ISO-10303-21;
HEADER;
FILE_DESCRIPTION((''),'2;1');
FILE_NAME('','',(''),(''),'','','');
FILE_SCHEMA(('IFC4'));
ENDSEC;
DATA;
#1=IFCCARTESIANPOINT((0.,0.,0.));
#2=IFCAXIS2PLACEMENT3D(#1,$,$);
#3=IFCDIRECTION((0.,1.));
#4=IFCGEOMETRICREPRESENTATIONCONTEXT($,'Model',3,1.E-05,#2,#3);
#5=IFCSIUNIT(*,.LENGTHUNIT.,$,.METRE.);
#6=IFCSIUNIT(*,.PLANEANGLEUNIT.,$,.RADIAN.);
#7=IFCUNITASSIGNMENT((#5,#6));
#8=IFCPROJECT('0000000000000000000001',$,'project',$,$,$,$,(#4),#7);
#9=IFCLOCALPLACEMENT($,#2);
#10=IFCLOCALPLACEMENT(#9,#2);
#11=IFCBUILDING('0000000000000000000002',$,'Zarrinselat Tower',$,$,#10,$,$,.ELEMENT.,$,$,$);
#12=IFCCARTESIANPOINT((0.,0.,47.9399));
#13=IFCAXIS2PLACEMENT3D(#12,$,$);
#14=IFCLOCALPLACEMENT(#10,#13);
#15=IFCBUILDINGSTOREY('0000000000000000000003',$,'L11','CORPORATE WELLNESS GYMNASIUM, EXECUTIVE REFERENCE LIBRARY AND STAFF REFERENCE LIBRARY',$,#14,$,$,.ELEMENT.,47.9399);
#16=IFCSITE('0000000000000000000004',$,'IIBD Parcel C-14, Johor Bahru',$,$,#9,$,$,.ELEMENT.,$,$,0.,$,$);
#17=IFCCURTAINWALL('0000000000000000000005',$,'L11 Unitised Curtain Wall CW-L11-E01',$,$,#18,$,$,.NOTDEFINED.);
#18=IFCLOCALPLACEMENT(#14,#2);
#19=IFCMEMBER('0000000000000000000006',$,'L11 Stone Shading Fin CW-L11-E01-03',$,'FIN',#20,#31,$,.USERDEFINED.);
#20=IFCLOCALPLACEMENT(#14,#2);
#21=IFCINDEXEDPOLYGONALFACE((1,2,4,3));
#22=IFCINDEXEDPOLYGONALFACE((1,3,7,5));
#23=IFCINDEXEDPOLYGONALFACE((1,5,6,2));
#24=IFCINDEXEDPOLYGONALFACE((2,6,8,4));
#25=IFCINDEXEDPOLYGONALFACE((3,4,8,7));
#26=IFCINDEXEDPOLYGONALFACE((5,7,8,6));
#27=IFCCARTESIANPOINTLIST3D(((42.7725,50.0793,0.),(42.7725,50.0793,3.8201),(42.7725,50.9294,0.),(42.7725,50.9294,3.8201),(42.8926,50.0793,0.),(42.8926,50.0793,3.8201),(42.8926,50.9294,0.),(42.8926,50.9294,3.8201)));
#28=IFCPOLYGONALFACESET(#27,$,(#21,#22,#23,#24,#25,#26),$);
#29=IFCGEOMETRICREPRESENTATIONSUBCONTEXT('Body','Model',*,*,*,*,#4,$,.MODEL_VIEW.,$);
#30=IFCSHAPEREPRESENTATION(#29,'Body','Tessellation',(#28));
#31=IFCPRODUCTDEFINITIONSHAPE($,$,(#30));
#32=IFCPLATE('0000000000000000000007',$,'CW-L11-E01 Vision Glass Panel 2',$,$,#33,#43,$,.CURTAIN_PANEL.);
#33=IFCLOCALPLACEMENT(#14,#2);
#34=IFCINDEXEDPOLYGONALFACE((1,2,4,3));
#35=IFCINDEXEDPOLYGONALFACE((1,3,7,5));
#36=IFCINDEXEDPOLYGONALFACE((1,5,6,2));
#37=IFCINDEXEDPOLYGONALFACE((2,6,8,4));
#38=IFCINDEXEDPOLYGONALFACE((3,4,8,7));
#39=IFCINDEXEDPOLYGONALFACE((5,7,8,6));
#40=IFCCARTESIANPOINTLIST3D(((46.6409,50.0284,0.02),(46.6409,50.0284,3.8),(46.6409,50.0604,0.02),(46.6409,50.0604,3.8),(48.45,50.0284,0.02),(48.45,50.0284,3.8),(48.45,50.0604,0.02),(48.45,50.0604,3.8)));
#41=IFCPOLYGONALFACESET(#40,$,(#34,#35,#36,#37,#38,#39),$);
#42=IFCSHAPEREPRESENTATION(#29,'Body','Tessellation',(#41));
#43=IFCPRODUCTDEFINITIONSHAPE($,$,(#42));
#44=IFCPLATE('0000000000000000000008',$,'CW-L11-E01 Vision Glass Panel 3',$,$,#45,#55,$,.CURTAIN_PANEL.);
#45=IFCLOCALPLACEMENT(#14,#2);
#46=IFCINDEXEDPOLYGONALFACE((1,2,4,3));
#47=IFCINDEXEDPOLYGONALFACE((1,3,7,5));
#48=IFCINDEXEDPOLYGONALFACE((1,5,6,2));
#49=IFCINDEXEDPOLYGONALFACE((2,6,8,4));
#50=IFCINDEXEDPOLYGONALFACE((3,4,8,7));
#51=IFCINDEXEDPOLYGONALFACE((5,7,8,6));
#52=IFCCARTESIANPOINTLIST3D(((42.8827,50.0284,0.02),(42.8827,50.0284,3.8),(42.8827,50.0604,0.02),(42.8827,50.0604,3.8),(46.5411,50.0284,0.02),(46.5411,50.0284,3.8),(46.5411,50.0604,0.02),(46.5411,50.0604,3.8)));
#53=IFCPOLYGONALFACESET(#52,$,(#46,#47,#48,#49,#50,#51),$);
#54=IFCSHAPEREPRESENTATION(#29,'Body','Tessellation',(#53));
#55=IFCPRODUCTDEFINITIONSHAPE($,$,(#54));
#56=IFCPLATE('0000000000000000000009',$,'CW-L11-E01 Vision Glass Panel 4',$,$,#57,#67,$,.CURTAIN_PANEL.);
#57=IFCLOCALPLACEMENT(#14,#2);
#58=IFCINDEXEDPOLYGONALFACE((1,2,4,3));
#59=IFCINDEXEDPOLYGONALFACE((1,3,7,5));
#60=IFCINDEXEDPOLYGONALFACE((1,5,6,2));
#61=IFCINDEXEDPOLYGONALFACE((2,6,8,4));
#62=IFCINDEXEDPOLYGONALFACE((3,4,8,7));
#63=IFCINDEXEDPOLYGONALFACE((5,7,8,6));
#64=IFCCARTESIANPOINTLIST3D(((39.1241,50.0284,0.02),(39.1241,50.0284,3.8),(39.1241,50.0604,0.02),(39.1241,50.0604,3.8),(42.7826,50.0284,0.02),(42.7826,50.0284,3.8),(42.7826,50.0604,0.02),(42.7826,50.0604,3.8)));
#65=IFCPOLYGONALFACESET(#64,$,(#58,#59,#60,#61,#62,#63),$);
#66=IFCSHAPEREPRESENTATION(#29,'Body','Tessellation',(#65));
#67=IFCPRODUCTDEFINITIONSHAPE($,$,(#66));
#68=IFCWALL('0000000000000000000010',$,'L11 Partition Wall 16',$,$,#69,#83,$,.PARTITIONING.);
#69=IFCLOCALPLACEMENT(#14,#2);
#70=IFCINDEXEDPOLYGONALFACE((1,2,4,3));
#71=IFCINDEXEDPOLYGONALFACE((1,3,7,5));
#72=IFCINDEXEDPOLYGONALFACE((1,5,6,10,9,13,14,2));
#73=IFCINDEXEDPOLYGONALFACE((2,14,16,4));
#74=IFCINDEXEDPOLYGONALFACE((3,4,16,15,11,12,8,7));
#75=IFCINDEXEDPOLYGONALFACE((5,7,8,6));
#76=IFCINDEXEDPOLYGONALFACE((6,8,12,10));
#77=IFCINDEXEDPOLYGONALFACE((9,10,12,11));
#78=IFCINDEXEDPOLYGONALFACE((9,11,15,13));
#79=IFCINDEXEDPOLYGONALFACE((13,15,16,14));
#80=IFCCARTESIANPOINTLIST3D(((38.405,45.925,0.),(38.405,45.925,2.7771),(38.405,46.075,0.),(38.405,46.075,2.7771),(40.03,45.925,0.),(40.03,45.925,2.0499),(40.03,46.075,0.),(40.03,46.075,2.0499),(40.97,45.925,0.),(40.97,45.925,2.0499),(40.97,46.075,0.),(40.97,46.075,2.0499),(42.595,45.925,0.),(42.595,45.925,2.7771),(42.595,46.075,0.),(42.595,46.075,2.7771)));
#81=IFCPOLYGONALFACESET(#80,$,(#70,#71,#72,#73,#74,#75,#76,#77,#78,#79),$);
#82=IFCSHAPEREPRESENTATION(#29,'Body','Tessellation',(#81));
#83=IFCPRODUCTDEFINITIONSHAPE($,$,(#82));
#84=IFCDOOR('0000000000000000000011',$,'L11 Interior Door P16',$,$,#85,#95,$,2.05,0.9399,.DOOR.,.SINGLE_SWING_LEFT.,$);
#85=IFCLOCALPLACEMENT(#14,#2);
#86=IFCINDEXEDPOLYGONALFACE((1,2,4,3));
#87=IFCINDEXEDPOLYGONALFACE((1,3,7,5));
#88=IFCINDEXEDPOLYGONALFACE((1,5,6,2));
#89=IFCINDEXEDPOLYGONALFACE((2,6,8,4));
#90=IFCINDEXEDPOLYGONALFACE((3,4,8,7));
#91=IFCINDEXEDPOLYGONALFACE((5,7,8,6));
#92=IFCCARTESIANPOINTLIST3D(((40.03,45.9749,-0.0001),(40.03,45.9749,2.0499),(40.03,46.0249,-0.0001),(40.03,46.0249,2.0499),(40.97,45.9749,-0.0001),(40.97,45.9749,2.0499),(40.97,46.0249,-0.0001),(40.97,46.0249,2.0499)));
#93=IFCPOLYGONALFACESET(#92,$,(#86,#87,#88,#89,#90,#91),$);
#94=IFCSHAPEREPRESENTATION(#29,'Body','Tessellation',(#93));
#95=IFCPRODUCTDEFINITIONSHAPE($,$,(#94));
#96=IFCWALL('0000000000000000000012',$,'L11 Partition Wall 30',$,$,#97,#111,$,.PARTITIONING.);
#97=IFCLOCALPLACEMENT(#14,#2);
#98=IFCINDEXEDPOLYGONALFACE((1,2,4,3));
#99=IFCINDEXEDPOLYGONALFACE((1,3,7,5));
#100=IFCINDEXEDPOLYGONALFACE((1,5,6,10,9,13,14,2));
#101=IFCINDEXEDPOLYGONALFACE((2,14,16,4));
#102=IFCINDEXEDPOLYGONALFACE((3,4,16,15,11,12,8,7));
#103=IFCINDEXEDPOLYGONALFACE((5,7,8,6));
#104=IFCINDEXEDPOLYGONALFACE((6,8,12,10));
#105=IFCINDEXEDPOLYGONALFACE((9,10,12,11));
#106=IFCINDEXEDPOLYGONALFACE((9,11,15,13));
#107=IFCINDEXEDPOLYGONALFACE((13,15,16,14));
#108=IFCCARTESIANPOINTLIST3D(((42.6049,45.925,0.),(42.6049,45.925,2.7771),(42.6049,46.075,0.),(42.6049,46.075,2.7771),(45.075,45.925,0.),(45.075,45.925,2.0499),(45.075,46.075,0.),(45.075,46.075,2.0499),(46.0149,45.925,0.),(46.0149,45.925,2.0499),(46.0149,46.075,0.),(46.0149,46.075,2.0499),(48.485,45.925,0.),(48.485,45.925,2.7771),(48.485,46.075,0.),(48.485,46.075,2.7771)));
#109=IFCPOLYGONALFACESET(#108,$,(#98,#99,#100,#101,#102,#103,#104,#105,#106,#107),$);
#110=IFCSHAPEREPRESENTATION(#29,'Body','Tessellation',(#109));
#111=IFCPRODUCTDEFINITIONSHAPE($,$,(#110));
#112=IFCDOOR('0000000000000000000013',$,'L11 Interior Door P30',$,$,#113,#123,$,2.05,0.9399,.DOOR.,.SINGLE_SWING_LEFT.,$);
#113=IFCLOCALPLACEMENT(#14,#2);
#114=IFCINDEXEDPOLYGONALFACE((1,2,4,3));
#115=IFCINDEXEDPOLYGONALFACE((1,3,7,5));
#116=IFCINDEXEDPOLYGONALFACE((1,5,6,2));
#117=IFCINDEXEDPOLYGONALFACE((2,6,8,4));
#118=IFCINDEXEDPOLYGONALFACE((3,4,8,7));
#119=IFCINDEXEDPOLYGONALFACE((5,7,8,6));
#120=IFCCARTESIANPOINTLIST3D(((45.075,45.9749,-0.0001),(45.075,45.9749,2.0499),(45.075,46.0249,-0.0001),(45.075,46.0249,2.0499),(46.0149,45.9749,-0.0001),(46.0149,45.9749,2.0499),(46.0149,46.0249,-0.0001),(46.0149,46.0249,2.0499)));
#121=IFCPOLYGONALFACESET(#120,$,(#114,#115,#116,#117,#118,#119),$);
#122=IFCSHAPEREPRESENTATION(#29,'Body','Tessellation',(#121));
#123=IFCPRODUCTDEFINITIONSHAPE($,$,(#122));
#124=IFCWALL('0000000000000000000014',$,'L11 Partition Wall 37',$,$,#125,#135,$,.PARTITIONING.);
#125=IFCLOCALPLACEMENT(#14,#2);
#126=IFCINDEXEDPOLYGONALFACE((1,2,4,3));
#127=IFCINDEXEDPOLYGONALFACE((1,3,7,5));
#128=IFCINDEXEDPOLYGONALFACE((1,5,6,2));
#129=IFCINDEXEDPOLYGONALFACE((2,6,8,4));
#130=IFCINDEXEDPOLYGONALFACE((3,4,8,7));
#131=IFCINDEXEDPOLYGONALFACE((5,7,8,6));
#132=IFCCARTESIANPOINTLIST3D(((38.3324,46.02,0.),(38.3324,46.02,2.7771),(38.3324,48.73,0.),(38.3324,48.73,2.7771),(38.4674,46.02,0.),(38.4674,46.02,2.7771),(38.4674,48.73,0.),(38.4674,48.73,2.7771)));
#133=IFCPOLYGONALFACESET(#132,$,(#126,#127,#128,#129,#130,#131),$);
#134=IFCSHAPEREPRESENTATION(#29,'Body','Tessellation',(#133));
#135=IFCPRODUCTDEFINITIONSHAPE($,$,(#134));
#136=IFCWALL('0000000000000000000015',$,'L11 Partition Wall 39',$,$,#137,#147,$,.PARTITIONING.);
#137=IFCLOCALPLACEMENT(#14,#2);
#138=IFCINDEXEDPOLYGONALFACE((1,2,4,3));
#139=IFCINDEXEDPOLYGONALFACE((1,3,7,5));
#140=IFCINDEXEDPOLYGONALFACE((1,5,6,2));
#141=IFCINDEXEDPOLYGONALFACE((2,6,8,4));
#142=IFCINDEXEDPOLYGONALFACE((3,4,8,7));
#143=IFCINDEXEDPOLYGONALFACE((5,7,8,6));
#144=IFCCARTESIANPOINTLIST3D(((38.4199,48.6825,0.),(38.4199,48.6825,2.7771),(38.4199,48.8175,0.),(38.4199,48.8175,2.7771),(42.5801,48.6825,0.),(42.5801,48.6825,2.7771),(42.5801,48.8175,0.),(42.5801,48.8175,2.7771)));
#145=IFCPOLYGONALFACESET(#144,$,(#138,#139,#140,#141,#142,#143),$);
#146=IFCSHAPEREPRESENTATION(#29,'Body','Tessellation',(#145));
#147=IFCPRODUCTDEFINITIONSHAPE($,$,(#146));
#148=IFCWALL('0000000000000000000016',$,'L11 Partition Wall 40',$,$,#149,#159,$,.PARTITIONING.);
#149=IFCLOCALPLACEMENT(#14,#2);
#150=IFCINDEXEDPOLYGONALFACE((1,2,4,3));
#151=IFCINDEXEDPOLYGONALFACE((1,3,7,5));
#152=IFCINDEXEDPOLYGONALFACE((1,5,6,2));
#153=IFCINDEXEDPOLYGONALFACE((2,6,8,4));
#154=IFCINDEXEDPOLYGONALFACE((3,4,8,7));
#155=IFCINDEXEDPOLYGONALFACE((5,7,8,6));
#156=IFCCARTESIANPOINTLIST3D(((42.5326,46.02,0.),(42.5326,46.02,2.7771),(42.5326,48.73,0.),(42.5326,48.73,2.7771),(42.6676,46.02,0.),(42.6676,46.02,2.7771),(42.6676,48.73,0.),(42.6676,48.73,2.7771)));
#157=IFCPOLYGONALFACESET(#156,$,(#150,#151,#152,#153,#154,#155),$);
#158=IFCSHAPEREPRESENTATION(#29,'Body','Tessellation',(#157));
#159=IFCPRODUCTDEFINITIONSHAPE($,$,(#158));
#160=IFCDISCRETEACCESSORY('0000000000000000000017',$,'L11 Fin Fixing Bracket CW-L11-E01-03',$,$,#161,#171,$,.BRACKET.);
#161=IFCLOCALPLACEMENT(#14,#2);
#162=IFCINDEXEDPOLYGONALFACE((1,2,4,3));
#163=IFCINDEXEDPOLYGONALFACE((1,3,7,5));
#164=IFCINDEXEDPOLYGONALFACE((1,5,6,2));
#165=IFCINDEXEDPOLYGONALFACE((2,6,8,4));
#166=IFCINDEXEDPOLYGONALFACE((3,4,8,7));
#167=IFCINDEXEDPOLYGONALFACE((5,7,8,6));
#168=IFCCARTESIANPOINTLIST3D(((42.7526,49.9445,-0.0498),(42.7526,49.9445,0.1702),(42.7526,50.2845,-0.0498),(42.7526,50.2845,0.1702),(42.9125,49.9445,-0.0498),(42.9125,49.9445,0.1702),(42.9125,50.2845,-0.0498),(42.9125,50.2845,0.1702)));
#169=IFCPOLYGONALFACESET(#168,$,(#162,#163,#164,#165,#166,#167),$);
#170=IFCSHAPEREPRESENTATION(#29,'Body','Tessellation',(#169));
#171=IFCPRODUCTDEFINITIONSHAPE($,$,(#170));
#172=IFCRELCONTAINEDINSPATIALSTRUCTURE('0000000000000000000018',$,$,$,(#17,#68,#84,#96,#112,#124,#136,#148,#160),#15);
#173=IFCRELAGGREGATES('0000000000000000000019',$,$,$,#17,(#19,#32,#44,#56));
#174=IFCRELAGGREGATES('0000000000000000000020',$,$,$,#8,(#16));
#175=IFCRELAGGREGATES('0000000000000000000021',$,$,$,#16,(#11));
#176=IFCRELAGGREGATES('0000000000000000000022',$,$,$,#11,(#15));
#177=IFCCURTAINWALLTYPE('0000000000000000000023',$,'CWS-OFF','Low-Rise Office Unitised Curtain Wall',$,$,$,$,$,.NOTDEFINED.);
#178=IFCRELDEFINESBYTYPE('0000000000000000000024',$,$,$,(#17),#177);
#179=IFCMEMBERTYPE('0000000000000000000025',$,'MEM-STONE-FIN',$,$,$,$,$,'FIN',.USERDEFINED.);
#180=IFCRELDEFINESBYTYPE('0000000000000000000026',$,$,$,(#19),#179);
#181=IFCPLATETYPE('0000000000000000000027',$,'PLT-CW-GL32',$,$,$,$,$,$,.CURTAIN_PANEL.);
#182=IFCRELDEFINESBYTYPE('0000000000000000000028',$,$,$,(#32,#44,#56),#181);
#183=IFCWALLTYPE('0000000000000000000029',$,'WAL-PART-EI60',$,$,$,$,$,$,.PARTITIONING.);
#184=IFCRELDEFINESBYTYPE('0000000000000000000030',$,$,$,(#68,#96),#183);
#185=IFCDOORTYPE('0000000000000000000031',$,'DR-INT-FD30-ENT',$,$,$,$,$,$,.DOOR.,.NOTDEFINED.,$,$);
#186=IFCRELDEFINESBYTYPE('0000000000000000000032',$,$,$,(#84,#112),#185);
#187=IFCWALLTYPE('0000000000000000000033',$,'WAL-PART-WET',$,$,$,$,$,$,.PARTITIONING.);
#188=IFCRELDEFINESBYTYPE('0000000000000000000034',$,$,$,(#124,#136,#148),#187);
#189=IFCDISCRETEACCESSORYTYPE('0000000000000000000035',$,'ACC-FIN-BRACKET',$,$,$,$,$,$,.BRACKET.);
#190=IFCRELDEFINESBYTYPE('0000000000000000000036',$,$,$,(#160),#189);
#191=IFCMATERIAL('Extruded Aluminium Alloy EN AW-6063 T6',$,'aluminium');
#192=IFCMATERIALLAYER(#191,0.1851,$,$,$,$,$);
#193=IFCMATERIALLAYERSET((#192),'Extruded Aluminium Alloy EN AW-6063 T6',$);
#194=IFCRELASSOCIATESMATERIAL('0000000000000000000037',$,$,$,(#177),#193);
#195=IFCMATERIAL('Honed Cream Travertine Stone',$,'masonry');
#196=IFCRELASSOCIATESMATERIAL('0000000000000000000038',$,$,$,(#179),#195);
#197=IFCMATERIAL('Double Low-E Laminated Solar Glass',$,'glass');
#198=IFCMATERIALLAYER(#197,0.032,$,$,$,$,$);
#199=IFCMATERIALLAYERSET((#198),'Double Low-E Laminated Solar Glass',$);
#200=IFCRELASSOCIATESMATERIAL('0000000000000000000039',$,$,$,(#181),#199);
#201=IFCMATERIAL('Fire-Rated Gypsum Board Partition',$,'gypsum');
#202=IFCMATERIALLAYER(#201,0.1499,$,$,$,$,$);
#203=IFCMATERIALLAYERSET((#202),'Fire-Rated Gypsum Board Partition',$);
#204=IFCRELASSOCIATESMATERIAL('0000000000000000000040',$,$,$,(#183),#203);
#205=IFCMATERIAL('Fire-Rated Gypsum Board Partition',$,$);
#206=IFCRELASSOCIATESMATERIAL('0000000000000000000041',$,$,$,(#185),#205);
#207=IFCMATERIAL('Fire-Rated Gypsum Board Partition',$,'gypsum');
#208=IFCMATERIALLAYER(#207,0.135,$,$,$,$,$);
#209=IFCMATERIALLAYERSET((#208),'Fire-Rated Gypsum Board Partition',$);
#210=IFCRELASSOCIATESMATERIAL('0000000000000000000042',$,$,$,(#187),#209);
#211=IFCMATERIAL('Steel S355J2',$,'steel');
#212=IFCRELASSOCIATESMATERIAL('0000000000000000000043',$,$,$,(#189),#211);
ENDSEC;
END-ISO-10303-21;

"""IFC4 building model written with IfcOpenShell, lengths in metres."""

from ifc_helpers import new_model, si_unit, direction, frame, frame_2d, origin, origin_2d, place, context, subcontext, project, spatial, rectangle, extrude, material, layer, layer_set, material_profile, profile_set, type_object, element, fill, aggregate, save


model = new_model("IFC4")

# Units and contexts
model_context = context("Model", 3, precision=1e-05, world=origin(), true_north=direction((0.0, 1.0)))
body_context = subcontext(model_context, "Body", "Model", "MODEL_VIEW")
ifc_project = project(units=[si_unit("LENGTHUNIT", "METRE"), si_unit("PLANEANGLEUNIT", "RADIAN")], contexts=[model_context])

# Site, building, storey
site_placement = place(None, origin())
site = spatial("IfcSite", under=ifc_project, at=site_placement, Name="IIBD Parcel C-14, Johor Bahru", CompositionType="ELEMENT", RefElevation=0.0)
building_placement = place(site_placement, origin())
building = spatial("IfcBuilding", under=site, at=building_placement, Name="Zarrinselat Tower", CompositionType="ELEMENT")
storey_placement = place(building_placement, frame((0.0, 0.0, 47.9399)))
storey = spatial("IfcBuildingStorey", under=building, at=storey_placement, Name="L11", Description="CORPORATE WELLNESS GYMNASIUM, EXECUTIVE REFERENCE LIBRARY AND STAFF REFERENCE LIBRARY", CompositionType="ELEMENT", Elevation=47.9399)

# Curtain wall, member, plates
ifc_material_1 = material(Name="Extruded Aluminium Alloy EN AW-6063 T6", Category="aluminium")
ifc_layer_1 = layer(ifc_material_1, 0.1851)
ifc_layer_set_1 = layer_set([ifc_layer_1], Name="Extruded Aluminium Alloy EN AW-6063 T6")
curtain_wall_type = type_object("IfcCurtainWallType", Name="CWS-OFF", Description="Low-Rise Office Unitised Curtain Wall", PredefinedType="NOTDEFINED", material=ifc_layer_set_1)
curtain_wall_placement = place(storey_placement, origin())
curtain_wall = element("IfcCurtainWall", 1, at=curtain_wall_placement, inside=storey, type_object=curtain_wall_type, Name="L11 Unitised Curtain Wall CW-L11-E01", PredefinedType="NOTDEFINED")
ifc_material_2 = material(Name="Honed Cream Travertine Stone", Category="masonry")
ifc_material_profile_1 = material_profile(ifc_material_2, rectangle(XDim=0.1201, YDim=0.8501, at=origin_2d()), Name="FIN 850x120")
ifc_profile_set_1 = profile_set([ifc_material_profile_1], Name="Honed Cream Travertine Stone")
member_type_1 = type_object("IfcMemberType", Name="MEM-STONE-FIN", ElementType="FIN", PredefinedType="USERDEFINED", material=ifc_profile_set_1)
member_1_placement = place(storey_placement, frame((42.8325, 50.5044, 0.0), z_axis=(0.0, 0.0, 1.0), x_axis=(1.0, 0.0, 0.0)))
member_1 = element("IfcMember", 2, at=member_1_placement, type_object=member_type_1, Name="L11 Stone Shading Fin CW-L11-E01-03", ObjectType="FIN", PredefinedType="USERDEFINED", context=body_context, shape_type="SweptSolid", body=[
    extrude(rectangle(XDim=0.1201, YDim=0.8501, at=origin_2d()), origin(), (0.0, 0.0, 1.0), 3.8201),
])
ifc_material_3 = material(Name="Double Low-E Laminated Solar Glass", Category="glass")
ifc_layer_2 = layer(ifc_material_3, 0.032)
ifc_layer_set_2 = layer_set([ifc_layer_2], Name="Double Low-E Laminated Solar Glass")
plate_type = type_object("IfcPlateType", Name="PLT-CW-GL32", PredefinedType="CURTAIN_PANEL", material=ifc_layer_set_2)
plate_1_placement = place(storey_placement, frame((47.5454, 50.0444, 0.02), z_axis=(0.0, 0.0, 1.0), x_axis=(-1.0, 0.0, 0.0)))
plate_1 = element("IfcPlate", 3, at=plate_1_placement, type_object=plate_type, Name="CW-L11-E01 Vision Glass Panel 2", PredefinedType="CURTAIN_PANEL", context=body_context, shape_type="SweptSolid", body=[
    extrude(rectangle(XDim=1.8091, YDim=0.032, at=origin_2d()), origin(), (0.0, 0.0, 1.0), 3.78),
])
plate_2_placement = place(storey_placement, frame((44.7119, 50.0444, 0.02), z_axis=(0.0, 0.0, 1.0), x_axis=(-1.0, 0.0, 0.0)))
plate_2 = element("IfcPlate", 4, at=plate_2_placement, type_object=plate_type, Name="CW-L11-E01 Vision Glass Panel 3", PredefinedType="CURTAIN_PANEL", context=body_context, shape_type="SweptSolid", body=[
    extrude(rectangle(XDim=3.6584, YDim=0.032, at=origin_2d()), origin(), (0.0, 0.0, 1.0), 3.78),
])
plate_3_placement = place(storey_placement, frame((40.9534, 50.0444, 0.02), z_axis=(0.0, 0.0, 1.0), x_axis=(-1.0, 0.0, 0.0)))
plate_3 = element("IfcPlate", 5, at=plate_3_placement, type_object=plate_type, Name="CW-L11-E01 Vision Glass Panel 4", PredefinedType="CURTAIN_PANEL", context=body_context, shape_type="SweptSolid", body=[
    extrude(rectangle(XDim=3.6584, YDim=0.032, at=origin_2d()), origin(), (0.0, 0.0, 1.0), 3.78),
])
aggregate(curtain_wall, [member_1, plate_1, plate_2, plate_3])

# Walls, openings, doors
ifc_material_4 = material(Name="Fire-Rated Gypsum Board Partition", Category="gypsum")
ifc_layer_3 = layer(ifc_material_4, 0.1499)
ifc_layer_set_3 = layer_set([ifc_layer_3], Name="Fire-Rated Gypsum Board Partition")
wall_type_1 = type_object("IfcWallType", Name="WAL-PART-EI60", PredefinedType="PARTITIONING", material=ifc_layer_set_3)
wall_1_placement = place(storey_placement, frame((38.405, 46.0, 0.0), z_axis=(0.0, 0.0, 1.0), x_axis=(1.0, 0.0, 0.0)))
wall_1 = element("IfcWall", 6, at=wall_1_placement, inside=storey, type_object=wall_type_1, Name="L11 Partition Wall 16", PredefinedType="PARTITIONING", context=body_context, shape_type="SweptSolid", body=[
    extrude(rectangle(XDim=4.1899, YDim=0.1499, at=frame_2d((2.095, 0.0))), origin(), (0.0, 0.0, 1.0), 2.7771),
])
opening_1_placement = place(wall_1_placement, frame((1.625, 0.0, 0.0)))
opening_1 = element("IfcOpeningElement", 7, at=opening_1_placement, cuts=wall_1, PredefinedType="OPENING", context=body_context, shape_type="SweptSolid", body=[
    extrude(rectangle(XDim=0.9399, YDim=2.05, at=frame_2d((0.47, 1.0249))), frame((0.0, 0.085, 0.0), z_axis=(0.0, -1.0, 0.0), x_axis=(1.0, 0.0, 0.0)), (0.0, 0.0, 1.0), 0.1699),
])
ifc_material_5 = material(Name="Fire-Rated Gypsum Board Partition")
door_type = type_object("IfcDoorType", Name="DR-INT-FD30-ENT", OperationType="NOTDEFINED", PredefinedType="DOOR", material=ifc_material_5)
door_1_placement = place(opening_1_placement, origin())
door_1 = element("IfcDoor", 8, at=door_1_placement, inside=storey, type_object=door_type, Name="L11 Interior Door P16", OperationType="SINGLE_SWING_LEFT", OverallHeight=2.05, OverallWidth=0.9399, PredefinedType="DOOR", context=body_context, shape_type="SweptSolid", body=[
    extrude(rectangle(XDim=0.9399, YDim=2.05, at=frame_2d((0.47, 1.0249))), frame((0.0, 0.0249, 0.0), z_axis=(0.0, -1.0, 0.0), x_axis=(1.0, 0.0, 0.0)), (0.0, 0.0, 1.0), 0.05),
])
fill(opening_1, door_1)
wall_2_placement = place(storey_placement, frame((42.605, 46.0, 0.0), z_axis=(0.0, 0.0, 1.0), x_axis=(1.0, 0.0, 0.0)))
wall_2 = element("IfcWall", 9, at=wall_2_placement, inside=storey, type_object=wall_type_1, Name="L11 Partition Wall 30", PredefinedType="PARTITIONING", context=body_context, shape_type="SweptSolid", body=[
    extrude(rectangle(XDim=5.8801, YDim=0.1499, at=frame_2d((2.9399, 0.0))), origin(), (0.0, 0.0, 1.0), 2.7771),
])
opening_2_placement = place(wall_2_placement, frame((2.47, 0.0, 0.0)))
opening_2 = element("IfcOpeningElement", 10, at=opening_2_placement, cuts=wall_2, PredefinedType="OPENING", context=body_context, shape_type="SweptSolid", body=[
    extrude(rectangle(XDim=0.9399, YDim=2.05, at=frame_2d((0.47, 1.0249))), frame((0.0, 0.085, 0.0), z_axis=(0.0, -1.0, 0.0), x_axis=(1.0, 0.0, 0.0)), (0.0, 0.0, 1.0), 0.1699),
])
door_2_placement = place(opening_2_placement, origin())
door_2 = element("IfcDoor", 11, at=door_2_placement, inside=storey, type_object=door_type, Name="L11 Interior Door P30", OperationType="SINGLE_SWING_LEFT", OverallHeight=2.05, OverallWidth=0.9399, PredefinedType="DOOR", context=body_context, shape_type="SweptSolid", body=[
    extrude(rectangle(XDim=0.9399, YDim=2.05, at=frame_2d((0.47, 1.0249))), frame((0.0, 0.0249, 0.0), z_axis=(0.0, -1.0, 0.0), x_axis=(1.0, 0.0, 0.0)), (0.0, 0.0, 1.0), 0.05),
])
fill(opening_2, door_2)

# Walls
ifc_material_6 = material(Name="Fire-Rated Gypsum Board Partition", Category="gypsum")
ifc_layer_4 = layer(ifc_material_6, 0.135)
ifc_layer_set_4 = layer_set([ifc_layer_4], Name="Fire-Rated Gypsum Board Partition")
wall_type_2 = type_object("IfcWallType", Name="WAL-PART-WET", PredefinedType="PARTITIONING", material=ifc_layer_set_4)
wall_3_placement = place(storey_placement, frame((38.3999, 46.02, 0.0), z_axis=(0.0, 0.0, 1.0), x_axis=(0.0, 1.0, 0.0)))
element("IfcWall", 12, at=wall_3_placement, inside=storey, type_object=wall_type_2, Name="L11 Partition Wall 37", PredefinedType="PARTITIONING", context=body_context, shape_type="SweptSolid", body=[
    extrude(rectangle(XDim=2.71, YDim=0.135, at=frame_2d((1.355, 0.0))), origin(), (0.0, 0.0, 1.0), 2.7771),
])
wall_4_placement = place(storey_placement, frame((38.4199, 48.75, 0.0), z_axis=(0.0, 0.0, 1.0), x_axis=(1.0, 0.0, 0.0)))
element("IfcWall", 13, at=wall_4_placement, inside=storey, type_object=wall_type_2, Name="L11 Partition Wall 39", PredefinedType="PARTITIONING", context=body_context, shape_type="SweptSolid", body=[
    extrude(rectangle(XDim=4.1602, YDim=0.135, at=frame_2d((2.0801, 0.0))), origin(), (0.0, 0.0, 1.0), 2.7771),
])
wall_5_placement = place(storey_placement, frame((42.6001, 46.02, 0.0), z_axis=(0.0, 0.0, 1.0), x_axis=(0.0, 1.0, 0.0)))
element("IfcWall", 14, at=wall_5_placement, inside=storey, type_object=wall_type_2, Name="L11 Partition Wall 40", PredefinedType="PARTITIONING", context=body_context, shape_type="SweptSolid", body=[
    extrude(rectangle(XDim=2.71, YDim=0.135, at=frame_2d((1.355, 0.0))), origin(), (0.0, 0.0, 1.0), 2.7771),
])

# Discrete accessory
ifc_material_7 = material(Name="Steel S355J2", Category="steel")
discrete_accessory_type = type_object("IfcDiscreteAccessoryType", Name="ACC-FIN-BRACKET", PredefinedType="BRACKET", material=ifc_material_7)
discrete_accessory_placement = place(storey_placement, frame((42.8325, 50.1145, -0.0498), z_axis=(0.0, 0.0, 1.0), x_axis=(0.0, 1.0, 0.0)))
element("IfcDiscreteAccessory", 15, at=discrete_accessory_placement, inside=storey, type_object=discrete_accessory_type, Name="L11 Fin Fixing Bracket CW-L11-E01-03", PredefinedType="BRACKET", context=body_context, shape_type="SweptSolid", body=[
    extrude(rectangle(XDim=0.3401, YDim=0.1599, at=origin_2d()), origin(), (0.0, 0.0, 1.0), 0.22),
])

save(model, "model.ifc")
